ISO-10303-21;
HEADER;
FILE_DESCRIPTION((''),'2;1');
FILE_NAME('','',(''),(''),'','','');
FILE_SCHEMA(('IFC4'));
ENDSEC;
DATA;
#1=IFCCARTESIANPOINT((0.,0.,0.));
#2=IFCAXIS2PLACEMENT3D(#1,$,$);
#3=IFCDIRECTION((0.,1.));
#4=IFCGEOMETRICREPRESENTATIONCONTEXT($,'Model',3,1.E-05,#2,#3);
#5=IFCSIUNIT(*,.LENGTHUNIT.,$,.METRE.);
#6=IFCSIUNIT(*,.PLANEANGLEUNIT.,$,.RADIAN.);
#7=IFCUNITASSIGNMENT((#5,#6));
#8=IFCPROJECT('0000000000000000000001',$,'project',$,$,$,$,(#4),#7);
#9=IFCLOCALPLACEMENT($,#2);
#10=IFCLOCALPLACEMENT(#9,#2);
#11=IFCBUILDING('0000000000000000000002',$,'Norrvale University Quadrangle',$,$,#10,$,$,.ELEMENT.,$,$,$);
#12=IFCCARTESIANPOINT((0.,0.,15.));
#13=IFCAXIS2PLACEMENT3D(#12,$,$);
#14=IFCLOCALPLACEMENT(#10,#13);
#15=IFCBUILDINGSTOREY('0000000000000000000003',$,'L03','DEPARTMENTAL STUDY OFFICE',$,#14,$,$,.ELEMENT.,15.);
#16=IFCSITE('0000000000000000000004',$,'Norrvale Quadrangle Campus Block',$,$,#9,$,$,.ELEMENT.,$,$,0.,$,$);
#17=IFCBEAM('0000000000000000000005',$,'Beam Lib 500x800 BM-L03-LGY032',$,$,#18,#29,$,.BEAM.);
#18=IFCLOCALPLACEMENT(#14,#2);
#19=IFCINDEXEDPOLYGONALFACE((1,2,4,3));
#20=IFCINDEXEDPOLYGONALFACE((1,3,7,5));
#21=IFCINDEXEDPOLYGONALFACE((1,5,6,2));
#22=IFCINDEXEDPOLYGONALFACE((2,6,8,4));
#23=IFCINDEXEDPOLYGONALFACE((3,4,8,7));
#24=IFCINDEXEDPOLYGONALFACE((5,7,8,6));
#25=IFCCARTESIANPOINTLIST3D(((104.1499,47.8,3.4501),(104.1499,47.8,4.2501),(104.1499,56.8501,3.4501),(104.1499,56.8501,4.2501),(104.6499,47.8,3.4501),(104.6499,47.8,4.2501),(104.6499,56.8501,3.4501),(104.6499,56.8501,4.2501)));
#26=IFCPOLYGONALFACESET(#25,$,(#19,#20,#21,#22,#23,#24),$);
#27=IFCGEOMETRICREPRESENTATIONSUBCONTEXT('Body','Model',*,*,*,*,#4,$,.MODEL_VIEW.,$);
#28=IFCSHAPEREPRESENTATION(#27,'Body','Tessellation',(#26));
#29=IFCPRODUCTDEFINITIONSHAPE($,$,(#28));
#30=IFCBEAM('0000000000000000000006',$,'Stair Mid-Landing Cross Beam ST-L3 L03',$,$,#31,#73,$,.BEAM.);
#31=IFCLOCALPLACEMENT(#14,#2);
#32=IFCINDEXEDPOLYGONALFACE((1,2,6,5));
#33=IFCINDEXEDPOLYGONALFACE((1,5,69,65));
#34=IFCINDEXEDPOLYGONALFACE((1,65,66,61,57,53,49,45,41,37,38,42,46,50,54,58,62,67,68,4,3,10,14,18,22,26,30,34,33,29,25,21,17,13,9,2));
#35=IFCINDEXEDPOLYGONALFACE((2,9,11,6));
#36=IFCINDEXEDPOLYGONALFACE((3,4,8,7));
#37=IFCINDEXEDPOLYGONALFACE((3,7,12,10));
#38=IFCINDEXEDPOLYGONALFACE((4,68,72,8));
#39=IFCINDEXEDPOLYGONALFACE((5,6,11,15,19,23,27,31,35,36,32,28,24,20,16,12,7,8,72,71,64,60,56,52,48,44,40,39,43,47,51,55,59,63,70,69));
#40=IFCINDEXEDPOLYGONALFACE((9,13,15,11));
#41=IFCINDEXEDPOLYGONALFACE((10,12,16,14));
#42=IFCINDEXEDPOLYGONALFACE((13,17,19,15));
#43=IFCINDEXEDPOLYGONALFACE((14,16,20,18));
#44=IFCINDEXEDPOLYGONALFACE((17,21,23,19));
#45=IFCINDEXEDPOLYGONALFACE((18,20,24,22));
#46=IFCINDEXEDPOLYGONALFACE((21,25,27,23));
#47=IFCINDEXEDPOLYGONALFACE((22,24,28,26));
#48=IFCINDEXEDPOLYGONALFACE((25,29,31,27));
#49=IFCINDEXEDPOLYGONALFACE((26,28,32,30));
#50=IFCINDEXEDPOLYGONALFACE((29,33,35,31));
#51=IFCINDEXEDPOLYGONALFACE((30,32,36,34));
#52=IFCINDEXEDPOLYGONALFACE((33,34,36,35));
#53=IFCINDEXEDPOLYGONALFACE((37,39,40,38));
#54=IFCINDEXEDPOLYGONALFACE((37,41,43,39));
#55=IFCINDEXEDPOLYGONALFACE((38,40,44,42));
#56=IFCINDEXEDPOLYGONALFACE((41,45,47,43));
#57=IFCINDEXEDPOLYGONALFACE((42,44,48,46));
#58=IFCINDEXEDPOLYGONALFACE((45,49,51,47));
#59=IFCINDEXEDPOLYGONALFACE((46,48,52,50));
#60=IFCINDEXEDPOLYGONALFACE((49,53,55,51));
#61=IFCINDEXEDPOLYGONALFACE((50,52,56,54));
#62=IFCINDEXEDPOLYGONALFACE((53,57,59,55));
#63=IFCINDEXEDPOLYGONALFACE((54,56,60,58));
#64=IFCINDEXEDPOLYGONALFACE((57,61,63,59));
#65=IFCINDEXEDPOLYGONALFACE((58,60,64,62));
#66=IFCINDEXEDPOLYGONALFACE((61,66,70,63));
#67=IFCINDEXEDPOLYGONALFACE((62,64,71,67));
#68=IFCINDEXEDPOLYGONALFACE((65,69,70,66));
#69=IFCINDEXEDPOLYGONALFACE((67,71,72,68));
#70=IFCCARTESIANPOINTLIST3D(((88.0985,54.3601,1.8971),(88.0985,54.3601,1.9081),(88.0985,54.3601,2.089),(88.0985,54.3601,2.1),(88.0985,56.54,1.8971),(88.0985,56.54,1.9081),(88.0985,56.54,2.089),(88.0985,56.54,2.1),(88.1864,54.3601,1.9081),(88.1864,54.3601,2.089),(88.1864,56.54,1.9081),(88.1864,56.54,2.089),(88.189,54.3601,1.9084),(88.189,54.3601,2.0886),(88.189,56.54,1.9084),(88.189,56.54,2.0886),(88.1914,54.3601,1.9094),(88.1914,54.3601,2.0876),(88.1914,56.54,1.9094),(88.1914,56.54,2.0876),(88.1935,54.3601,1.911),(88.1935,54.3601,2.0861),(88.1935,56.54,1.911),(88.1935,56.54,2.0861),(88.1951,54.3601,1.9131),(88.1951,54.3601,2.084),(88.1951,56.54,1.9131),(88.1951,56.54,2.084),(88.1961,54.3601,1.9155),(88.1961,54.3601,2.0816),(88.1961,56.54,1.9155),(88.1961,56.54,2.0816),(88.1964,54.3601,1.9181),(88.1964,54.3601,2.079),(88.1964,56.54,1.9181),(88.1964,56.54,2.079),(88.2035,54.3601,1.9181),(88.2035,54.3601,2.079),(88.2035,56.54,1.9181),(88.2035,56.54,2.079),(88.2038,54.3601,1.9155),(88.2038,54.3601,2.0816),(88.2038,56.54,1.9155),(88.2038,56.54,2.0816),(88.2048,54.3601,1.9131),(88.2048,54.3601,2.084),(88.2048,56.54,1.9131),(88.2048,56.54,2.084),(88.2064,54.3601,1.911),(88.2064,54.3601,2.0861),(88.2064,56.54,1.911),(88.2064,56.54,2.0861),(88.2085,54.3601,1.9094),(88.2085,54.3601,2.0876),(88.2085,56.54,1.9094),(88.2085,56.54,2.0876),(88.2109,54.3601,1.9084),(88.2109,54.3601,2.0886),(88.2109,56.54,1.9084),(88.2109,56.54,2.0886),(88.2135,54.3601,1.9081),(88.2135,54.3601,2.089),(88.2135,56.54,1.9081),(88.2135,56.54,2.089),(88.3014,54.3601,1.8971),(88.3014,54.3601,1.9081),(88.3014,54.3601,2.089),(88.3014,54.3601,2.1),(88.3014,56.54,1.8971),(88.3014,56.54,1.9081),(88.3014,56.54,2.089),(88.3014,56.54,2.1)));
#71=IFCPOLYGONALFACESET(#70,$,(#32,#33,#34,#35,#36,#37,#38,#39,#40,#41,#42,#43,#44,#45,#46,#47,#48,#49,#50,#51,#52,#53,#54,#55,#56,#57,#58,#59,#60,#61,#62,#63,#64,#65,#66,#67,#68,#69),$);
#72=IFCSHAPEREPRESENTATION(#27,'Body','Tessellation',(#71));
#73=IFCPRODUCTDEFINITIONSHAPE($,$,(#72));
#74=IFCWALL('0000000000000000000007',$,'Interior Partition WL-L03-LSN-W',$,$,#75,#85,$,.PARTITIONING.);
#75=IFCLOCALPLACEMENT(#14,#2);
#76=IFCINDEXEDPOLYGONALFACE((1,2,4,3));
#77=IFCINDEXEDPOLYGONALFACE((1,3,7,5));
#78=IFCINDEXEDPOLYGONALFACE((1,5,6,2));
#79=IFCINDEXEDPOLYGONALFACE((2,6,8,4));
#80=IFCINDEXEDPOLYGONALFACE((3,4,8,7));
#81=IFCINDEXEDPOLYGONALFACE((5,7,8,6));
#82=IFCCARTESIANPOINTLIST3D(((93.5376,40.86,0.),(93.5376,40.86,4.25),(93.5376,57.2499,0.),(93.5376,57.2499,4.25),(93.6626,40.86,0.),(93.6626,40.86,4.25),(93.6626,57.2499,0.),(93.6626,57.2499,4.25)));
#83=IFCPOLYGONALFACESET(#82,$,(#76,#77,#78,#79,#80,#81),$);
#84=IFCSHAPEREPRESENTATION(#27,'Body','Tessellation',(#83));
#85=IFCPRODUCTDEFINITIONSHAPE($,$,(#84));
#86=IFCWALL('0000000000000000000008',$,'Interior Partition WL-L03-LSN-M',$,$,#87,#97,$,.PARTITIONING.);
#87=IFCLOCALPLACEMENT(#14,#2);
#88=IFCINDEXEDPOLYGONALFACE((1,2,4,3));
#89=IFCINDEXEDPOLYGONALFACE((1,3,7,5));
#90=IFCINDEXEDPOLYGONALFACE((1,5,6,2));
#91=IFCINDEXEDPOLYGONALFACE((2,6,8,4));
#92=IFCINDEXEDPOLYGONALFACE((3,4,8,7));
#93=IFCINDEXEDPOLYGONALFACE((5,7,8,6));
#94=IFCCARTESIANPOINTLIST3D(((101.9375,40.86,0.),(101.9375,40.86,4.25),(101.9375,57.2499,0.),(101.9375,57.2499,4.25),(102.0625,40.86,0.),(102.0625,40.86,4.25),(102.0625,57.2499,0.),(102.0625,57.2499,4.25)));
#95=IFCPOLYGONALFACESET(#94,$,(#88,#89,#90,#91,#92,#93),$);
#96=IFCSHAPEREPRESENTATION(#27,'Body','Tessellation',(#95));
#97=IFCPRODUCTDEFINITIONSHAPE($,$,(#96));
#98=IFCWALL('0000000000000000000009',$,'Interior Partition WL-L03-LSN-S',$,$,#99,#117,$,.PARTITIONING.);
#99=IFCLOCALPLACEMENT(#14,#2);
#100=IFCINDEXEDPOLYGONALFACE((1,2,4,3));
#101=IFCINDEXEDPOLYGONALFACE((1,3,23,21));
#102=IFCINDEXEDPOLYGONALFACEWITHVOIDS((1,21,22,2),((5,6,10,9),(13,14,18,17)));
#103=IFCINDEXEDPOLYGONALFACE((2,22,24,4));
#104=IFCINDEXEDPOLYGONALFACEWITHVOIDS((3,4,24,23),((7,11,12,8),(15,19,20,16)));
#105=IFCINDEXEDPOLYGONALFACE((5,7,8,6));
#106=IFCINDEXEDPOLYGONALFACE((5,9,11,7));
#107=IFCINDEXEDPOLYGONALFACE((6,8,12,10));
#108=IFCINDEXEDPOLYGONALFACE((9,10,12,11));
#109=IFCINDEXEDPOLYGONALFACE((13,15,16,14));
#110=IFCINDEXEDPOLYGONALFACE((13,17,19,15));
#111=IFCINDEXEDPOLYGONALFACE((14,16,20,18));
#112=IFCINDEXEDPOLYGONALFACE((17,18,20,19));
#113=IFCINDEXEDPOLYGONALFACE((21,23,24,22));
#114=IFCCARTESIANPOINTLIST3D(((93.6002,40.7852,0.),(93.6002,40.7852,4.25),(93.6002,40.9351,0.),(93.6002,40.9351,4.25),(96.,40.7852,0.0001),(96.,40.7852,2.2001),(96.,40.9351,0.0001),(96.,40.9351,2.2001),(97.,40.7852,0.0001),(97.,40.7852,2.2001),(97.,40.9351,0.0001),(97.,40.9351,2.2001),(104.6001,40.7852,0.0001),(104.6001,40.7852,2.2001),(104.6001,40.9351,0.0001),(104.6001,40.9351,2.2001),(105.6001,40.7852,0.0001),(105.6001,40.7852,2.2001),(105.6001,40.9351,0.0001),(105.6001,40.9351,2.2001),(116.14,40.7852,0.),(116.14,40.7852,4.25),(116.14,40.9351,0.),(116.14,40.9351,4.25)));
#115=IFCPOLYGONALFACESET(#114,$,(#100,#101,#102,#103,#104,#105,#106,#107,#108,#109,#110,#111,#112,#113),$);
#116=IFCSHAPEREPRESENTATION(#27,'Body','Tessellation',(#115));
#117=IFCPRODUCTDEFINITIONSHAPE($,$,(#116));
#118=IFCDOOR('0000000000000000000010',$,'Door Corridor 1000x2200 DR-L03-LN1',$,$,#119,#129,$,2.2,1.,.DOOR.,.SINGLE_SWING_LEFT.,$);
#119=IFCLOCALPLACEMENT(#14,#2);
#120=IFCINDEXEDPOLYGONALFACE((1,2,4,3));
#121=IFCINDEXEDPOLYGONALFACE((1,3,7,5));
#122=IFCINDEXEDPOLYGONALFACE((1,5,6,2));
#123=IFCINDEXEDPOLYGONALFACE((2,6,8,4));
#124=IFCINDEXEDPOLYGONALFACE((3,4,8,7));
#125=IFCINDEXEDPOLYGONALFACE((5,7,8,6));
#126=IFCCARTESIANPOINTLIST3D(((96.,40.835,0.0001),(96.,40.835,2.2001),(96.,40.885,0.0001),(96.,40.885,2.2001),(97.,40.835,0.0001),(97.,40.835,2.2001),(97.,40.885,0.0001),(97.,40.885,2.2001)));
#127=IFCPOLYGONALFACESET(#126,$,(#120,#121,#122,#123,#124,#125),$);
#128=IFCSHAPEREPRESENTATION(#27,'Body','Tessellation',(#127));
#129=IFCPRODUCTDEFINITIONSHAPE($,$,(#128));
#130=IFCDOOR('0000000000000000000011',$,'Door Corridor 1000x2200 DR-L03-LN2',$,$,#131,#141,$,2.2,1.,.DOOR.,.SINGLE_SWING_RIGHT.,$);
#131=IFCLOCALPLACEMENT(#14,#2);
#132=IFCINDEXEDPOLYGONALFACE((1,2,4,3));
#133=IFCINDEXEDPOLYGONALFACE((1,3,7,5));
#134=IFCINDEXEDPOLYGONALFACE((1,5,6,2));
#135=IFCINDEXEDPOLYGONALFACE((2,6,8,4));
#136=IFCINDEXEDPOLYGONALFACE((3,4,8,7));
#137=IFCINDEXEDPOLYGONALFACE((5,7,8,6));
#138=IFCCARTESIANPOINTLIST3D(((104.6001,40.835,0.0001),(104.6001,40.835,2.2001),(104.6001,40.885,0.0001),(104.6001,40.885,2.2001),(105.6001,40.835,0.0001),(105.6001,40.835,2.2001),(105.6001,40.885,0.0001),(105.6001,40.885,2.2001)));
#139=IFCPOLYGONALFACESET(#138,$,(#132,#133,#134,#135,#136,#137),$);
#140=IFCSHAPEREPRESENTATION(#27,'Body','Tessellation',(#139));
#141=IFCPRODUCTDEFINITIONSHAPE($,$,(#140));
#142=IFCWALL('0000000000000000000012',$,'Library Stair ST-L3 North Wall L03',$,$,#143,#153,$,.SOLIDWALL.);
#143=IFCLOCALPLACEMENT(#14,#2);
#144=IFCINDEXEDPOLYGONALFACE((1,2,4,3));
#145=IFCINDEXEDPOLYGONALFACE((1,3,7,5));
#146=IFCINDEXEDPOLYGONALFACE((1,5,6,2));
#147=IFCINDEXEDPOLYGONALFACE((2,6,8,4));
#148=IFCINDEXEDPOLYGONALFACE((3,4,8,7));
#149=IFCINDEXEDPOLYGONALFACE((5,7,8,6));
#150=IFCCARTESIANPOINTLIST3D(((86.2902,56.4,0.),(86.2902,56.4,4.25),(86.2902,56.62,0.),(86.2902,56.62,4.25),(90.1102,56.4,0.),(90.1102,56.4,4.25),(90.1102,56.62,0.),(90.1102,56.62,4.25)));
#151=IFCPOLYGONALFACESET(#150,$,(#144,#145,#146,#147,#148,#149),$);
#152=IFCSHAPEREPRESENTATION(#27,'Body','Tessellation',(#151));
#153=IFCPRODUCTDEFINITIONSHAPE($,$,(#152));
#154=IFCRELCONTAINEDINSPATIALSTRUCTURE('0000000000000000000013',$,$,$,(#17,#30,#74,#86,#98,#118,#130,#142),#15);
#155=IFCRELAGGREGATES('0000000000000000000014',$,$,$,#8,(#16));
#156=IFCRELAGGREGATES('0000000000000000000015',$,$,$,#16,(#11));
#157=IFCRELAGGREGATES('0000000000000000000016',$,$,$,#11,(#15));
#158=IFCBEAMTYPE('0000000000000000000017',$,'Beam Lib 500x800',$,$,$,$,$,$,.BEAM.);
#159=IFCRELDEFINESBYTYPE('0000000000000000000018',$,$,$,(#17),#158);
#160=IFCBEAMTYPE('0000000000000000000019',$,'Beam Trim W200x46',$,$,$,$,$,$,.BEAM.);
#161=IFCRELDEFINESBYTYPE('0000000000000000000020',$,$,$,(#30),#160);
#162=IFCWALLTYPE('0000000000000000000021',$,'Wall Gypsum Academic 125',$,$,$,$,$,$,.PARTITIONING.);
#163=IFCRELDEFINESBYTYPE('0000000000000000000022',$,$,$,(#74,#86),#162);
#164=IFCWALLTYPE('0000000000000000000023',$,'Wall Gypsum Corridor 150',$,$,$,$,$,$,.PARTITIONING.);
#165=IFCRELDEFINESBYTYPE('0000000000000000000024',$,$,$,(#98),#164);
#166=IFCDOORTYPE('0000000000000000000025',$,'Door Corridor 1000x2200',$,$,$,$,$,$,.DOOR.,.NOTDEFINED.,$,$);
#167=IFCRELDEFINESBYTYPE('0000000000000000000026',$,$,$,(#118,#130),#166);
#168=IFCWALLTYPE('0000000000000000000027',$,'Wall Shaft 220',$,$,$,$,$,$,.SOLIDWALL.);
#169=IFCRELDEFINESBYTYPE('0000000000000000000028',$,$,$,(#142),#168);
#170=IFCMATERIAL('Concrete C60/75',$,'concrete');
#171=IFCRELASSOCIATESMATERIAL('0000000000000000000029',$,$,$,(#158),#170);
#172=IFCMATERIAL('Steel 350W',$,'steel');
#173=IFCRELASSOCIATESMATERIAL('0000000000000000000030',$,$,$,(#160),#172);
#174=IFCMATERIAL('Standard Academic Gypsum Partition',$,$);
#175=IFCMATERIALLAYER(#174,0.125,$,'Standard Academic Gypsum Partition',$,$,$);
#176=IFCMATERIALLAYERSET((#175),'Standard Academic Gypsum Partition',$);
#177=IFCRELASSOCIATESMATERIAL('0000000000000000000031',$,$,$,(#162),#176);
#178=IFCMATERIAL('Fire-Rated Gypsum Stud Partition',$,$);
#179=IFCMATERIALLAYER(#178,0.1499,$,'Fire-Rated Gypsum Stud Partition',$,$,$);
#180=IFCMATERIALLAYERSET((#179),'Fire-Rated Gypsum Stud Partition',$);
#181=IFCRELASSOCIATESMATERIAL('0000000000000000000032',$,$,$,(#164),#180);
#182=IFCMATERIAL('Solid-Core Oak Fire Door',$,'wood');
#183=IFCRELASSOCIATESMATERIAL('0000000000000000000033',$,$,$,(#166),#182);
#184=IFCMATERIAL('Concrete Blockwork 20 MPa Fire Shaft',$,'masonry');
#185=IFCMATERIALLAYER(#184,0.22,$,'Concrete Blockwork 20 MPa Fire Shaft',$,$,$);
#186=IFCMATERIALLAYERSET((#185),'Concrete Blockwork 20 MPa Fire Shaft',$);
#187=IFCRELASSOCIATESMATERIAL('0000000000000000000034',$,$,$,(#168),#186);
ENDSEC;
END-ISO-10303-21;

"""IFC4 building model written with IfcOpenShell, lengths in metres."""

from ifc_helpers import new_model, si_unit, direction, frame, frame_2d, origin, origin_2d, place, context, subcontext, project, spatial, rectangle, i_section, extrude, material, layer, layer_set, material_profile, profile_set, type_object, element, fill, save


model = new_model("IFC4")

# Units and contexts
model_context = context("Model", 3, precision=1e-05, world=origin(), true_north=direction((0.0, 1.0)))
body_context = subcontext(model_context, "Body", "Model", "MODEL_VIEW")
ifc_project = project(units=[si_unit("LENGTHUNIT", "METRE"), si_unit("PLANEANGLEUNIT", "RADIAN")], contexts=[model_context])

# Site, building, storey
site_placement = place(None, origin())
site = spatial("IfcSite", under=ifc_project, at=site_placement, Name="Norrvale Quadrangle Campus Block", CompositionType="ELEMENT", RefElevation=0.0)
building_placement = place(site_placement, origin())
building = spatial("IfcBuilding", under=site, at=building_placement, Name="Norrvale University Quadrangle", CompositionType="ELEMENT")
storey_placement = place(building_placement, frame((0.0, 0.0, 15.0)))
storey = spatial("IfcBuildingStorey", under=building, at=storey_placement, Name="L03", Description="DEPARTMENTAL STUDY OFFICE", CompositionType="ELEMENT", Elevation=15.0)

# Shared definitions
ifc_material_1 = material(Name="Concrete C60/75", Category="concrete")

# Beams
ifc_material_profile_1 = material_profile(ifc_material_1, rectangle(XDim=0.5, YDim=0.8, at=origin_2d()), Name="Concrete C60/75")
ifc_profile_set_1 = profile_set([ifc_material_profile_1], Name="Concrete C60/75")
beam_type_1 = type_object("IfcBeamType", Name="Beam Lib 500x800", PredefinedType="BEAM", material=ifc_profile_set_1)
beam_1_placement = place(storey_placement, frame((104.3999, 47.8, 3.8501), z_axis=(0.0, 1.0, 0.0), x_axis=(-1.0, 0.0, 0.0)))
element("IfcBeam", 1, at=beam_1_placement, inside=storey, type_object=beam_type_1, Name="Beam Lib 500x800 BM-L03-LGY032", PredefinedType="BEAM", context=body_context, shape_type="SweptSolid", body=[
    extrude(rectangle(XDim=0.5, YDim=0.8, at=origin_2d()), origin(), (0.0, 0.0, 1.0), 9.05),
])
ifc_material_2 = material(Name="Steel 350W", Category="steel")
ifc_material_profile_2 = material_profile(ifc_material_2, i_section(OverallWidth=0.2029, OverallDepth=0.2029, WebThickness=0.0071, FlangeThickness=0.011, FilletRadius=0.01, at=origin_2d()), Name="Steel 350W")
ifc_profile_set_2 = profile_set([ifc_material_profile_2], Name="Steel 350W")
beam_type_2 = type_object("IfcBeamType", Name="Beam Trim W200x46", PredefinedType="BEAM", material=ifc_profile_set_2)
beam_2_placement = place(storey_placement, frame((88.2, 54.3601, 1.9985), z_axis=(0.0, 1.0, 0.0), x_axis=(-1.0, 0.0, 0.0)))
element("IfcBeam", 2, at=beam_2_placement, inside=storey, type_object=beam_type_2, Name="Stair Mid-Landing Cross Beam ST-L3 L03", PredefinedType="BEAM", context=body_context, shape_type="SweptSolid", body=[
    extrude(i_section(OverallWidth=0.2029, OverallDepth=0.2029, WebThickness=0.0071, FlangeThickness=0.011, FilletRadius=0.01, at=origin_2d()), origin(), (0.0, 0.0, 1.0), 2.1799),
])

# Walls
ifc_material_3 = material(Name="Standard Academic Gypsum Partition")
ifc_layer_1 = layer(ifc_material_3, 0.125, Name="Standard Academic Gypsum Partition")
ifc_layer_set_1 = layer_set([ifc_layer_1], Name="Standard Academic Gypsum Partition")
wall_type_1 = type_object("IfcWallType", Name="Wall Gypsum Academic 125", PredefinedType="PARTITIONING", material=ifc_layer_set_1)
for number, where, z_axis, x_axis, name in (
    (3, (93.6001, 40.8601, 0.0), (0.0, 0.0, 1.0), (0.0, 1.0, 0.0), "Interior Partition WL-L03-LSN-W"),
    (4, (102.0, 40.8601, 0.0), (0.0, 0.0, 1.0), (0.0, 1.0, 0.0), "Interior Partition WL-L03-LSN-M"),
):
    element("IfcWall", number, at=place(storey_placement, frame(where, z_axis=z_axis, x_axis=x_axis)), inside=storey, type_object=wall_type_1, Name=name, PredefinedType="PARTITIONING", context=body_context, shape_type="SweptSolid", body=[
        extrude(rectangle(XDim=16.3899, YDim=0.125, at=frame_2d((8.1948, 0.0))), origin(), (0.0, 0.0, 1.0), 4.25),
    ])

# Wall, openings, doors
ifc_material_4 = material(Name="Fire-Rated Gypsum Stud Partition")
ifc_layer_2 = layer(ifc_material_4, 0.1499, Name="Fire-Rated Gypsum Stud Partition")
ifc_layer_set_2 = layer_set([ifc_layer_2], Name="Fire-Rated Gypsum Stud Partition")
wall_type_2 = type_object("IfcWallType", Name="Wall Gypsum Corridor 150", PredefinedType="PARTITIONING", material=ifc_layer_set_2)
wall_1_placement = place(storey_placement, frame((93.6001, 40.8601, 0.0), z_axis=(0.0, 0.0, 1.0), x_axis=(1.0, 0.0, 0.0)))
wall_1 = element("IfcWall", 5, at=wall_1_placement, inside=storey, type_object=wall_type_2, Name="Interior Partition WL-L03-LSN-S", PredefinedType="PARTITIONING", context=body_context, shape_type="SweptSolid", body=[
    extrude(rectangle(XDim=22.5398, YDim=0.1499, at=frame_2d((11.27, 0.0))), origin(), (0.0, 0.0, 1.0), 4.25),
])
opening_1_placement = place(wall_1_placement, frame((2.3999, 0.0, 0.0)))
opening_1 = element("IfcOpeningElement", 6, at=opening_1_placement, cuts=wall_1, PredefinedType="OPENING", context=body_context, shape_type="SweptSolid", body=[
    extrude(rectangle(XDim=1.0, YDim=2.2, at=frame_2d((0.5, 1.1001))), frame((0.0, 0.0869, 0.0), z_axis=(0.0, -1.0, 0.0), x_axis=(1.0, 0.0, 0.0)), (0.0, 0.0, 1.0), 0.1738),
])
opening_2_placement = place(wall_1_placement, frame((11.0, 0.0, 0.0)))
opening_2 = element("IfcOpeningElement", 7, at=opening_2_placement, cuts=wall_1, PredefinedType="OPENING", context=body_context, shape_type="SweptSolid", body=[
    extrude(rectangle(XDim=1.0, YDim=2.2, at=frame_2d((0.5, 1.1001))), frame((0.0, 0.0869, 0.0), z_axis=(0.0, -1.0, 0.0), x_axis=(1.0, 0.0, 0.0)), (0.0, 0.0, 1.0), 0.1738),
])
ifc_material_5 = material(Name="Solid-Core Oak Fire Door", Category="wood")
door_type_1 = type_object("IfcDoorType", Name="Door Corridor 1000x2200", OperationType="NOTDEFINED", PredefinedType="DOOR", material=ifc_material_5)
door_1_placement = place(opening_1_placement, origin())
door_1 = element("IfcDoor", 8, at=door_1_placement, inside=storey, type_object=door_type_1, Name="Door Corridor 1000x2200 DR-L03-LN1", OperationType="SINGLE_SWING_LEFT", OverallHeight=2.2, OverallWidth=1.0, PredefinedType="DOOR", context=body_context, shape_type="SweptSolid", body=[
    extrude(rectangle(XDim=1.0, YDim=2.2, at=frame_2d((0.5, 1.1001))), frame((0.0, 0.0249, 0.0), z_axis=(0.0, -1.0, 0.0), x_axis=(1.0, 0.0, 0.0)), (0.0, 0.0, 1.0), 0.05),
])
fill(opening_1, door_1)
door_2_placement = place(opening_2_placement, origin())
door_2 = element("IfcDoor", 9, at=door_2_placement, inside=storey, type_object=door_type_1, Name="Door Corridor 1000x2200 DR-L03-LN2", OperationType="SINGLE_SWING_RIGHT", OverallHeight=2.2, OverallWidth=1.0, PredefinedType="DOOR", context=body_context, shape_type="SweptSolid", body=[
    extrude(rectangle(XDim=1.0, YDim=2.2, at=frame_2d((0.5, 1.1001))), frame((0.0, 0.0249, 0.0), z_axis=(0.0, -1.0, 0.0), x_axis=(1.0, 0.0, 0.0)), (0.0, 0.0, 1.0), 0.05),
])
fill(opening_2, door_2)

# Wall
ifc_material_6 = material(Name="Concrete Blockwork 20 MPa Fire Shaft", Category="masonry")
ifc_layer_3 = layer(ifc_material_6, 0.22, Name="Concrete Blockwork 20 MPa Fire Shaft")
ifc_layer_set_3 = layer_set([ifc_layer_3], Name="Concrete Blockwork 20 MPa Fire Shaft")
wall_type_3 = type_object("IfcWallType", Name="Wall Shaft 220", PredefinedType="SOLIDWALL", material=ifc_layer_set_3)
wall_2_placement = place(storey_placement, frame((86.29, 56.51, 0.0), z_axis=(0.0, 0.0, 1.0), x_axis=(1.0, 0.0, 0.0)))
element("IfcWall", 10, at=wall_2_placement, inside=storey, type_object=wall_type_3, Name="Library Stair ST-L3 North Wall L03", PredefinedType="SOLIDWALL", context=body_context, shape_type="SweptSolid", body=[
    extrude(rectangle(XDim=3.8201, YDim=0.22, at=frame_2d((1.9102, 0.0))), origin(), (0.0, 0.0, 1.0), 4.25),
])

save(model, "model.ifc")
